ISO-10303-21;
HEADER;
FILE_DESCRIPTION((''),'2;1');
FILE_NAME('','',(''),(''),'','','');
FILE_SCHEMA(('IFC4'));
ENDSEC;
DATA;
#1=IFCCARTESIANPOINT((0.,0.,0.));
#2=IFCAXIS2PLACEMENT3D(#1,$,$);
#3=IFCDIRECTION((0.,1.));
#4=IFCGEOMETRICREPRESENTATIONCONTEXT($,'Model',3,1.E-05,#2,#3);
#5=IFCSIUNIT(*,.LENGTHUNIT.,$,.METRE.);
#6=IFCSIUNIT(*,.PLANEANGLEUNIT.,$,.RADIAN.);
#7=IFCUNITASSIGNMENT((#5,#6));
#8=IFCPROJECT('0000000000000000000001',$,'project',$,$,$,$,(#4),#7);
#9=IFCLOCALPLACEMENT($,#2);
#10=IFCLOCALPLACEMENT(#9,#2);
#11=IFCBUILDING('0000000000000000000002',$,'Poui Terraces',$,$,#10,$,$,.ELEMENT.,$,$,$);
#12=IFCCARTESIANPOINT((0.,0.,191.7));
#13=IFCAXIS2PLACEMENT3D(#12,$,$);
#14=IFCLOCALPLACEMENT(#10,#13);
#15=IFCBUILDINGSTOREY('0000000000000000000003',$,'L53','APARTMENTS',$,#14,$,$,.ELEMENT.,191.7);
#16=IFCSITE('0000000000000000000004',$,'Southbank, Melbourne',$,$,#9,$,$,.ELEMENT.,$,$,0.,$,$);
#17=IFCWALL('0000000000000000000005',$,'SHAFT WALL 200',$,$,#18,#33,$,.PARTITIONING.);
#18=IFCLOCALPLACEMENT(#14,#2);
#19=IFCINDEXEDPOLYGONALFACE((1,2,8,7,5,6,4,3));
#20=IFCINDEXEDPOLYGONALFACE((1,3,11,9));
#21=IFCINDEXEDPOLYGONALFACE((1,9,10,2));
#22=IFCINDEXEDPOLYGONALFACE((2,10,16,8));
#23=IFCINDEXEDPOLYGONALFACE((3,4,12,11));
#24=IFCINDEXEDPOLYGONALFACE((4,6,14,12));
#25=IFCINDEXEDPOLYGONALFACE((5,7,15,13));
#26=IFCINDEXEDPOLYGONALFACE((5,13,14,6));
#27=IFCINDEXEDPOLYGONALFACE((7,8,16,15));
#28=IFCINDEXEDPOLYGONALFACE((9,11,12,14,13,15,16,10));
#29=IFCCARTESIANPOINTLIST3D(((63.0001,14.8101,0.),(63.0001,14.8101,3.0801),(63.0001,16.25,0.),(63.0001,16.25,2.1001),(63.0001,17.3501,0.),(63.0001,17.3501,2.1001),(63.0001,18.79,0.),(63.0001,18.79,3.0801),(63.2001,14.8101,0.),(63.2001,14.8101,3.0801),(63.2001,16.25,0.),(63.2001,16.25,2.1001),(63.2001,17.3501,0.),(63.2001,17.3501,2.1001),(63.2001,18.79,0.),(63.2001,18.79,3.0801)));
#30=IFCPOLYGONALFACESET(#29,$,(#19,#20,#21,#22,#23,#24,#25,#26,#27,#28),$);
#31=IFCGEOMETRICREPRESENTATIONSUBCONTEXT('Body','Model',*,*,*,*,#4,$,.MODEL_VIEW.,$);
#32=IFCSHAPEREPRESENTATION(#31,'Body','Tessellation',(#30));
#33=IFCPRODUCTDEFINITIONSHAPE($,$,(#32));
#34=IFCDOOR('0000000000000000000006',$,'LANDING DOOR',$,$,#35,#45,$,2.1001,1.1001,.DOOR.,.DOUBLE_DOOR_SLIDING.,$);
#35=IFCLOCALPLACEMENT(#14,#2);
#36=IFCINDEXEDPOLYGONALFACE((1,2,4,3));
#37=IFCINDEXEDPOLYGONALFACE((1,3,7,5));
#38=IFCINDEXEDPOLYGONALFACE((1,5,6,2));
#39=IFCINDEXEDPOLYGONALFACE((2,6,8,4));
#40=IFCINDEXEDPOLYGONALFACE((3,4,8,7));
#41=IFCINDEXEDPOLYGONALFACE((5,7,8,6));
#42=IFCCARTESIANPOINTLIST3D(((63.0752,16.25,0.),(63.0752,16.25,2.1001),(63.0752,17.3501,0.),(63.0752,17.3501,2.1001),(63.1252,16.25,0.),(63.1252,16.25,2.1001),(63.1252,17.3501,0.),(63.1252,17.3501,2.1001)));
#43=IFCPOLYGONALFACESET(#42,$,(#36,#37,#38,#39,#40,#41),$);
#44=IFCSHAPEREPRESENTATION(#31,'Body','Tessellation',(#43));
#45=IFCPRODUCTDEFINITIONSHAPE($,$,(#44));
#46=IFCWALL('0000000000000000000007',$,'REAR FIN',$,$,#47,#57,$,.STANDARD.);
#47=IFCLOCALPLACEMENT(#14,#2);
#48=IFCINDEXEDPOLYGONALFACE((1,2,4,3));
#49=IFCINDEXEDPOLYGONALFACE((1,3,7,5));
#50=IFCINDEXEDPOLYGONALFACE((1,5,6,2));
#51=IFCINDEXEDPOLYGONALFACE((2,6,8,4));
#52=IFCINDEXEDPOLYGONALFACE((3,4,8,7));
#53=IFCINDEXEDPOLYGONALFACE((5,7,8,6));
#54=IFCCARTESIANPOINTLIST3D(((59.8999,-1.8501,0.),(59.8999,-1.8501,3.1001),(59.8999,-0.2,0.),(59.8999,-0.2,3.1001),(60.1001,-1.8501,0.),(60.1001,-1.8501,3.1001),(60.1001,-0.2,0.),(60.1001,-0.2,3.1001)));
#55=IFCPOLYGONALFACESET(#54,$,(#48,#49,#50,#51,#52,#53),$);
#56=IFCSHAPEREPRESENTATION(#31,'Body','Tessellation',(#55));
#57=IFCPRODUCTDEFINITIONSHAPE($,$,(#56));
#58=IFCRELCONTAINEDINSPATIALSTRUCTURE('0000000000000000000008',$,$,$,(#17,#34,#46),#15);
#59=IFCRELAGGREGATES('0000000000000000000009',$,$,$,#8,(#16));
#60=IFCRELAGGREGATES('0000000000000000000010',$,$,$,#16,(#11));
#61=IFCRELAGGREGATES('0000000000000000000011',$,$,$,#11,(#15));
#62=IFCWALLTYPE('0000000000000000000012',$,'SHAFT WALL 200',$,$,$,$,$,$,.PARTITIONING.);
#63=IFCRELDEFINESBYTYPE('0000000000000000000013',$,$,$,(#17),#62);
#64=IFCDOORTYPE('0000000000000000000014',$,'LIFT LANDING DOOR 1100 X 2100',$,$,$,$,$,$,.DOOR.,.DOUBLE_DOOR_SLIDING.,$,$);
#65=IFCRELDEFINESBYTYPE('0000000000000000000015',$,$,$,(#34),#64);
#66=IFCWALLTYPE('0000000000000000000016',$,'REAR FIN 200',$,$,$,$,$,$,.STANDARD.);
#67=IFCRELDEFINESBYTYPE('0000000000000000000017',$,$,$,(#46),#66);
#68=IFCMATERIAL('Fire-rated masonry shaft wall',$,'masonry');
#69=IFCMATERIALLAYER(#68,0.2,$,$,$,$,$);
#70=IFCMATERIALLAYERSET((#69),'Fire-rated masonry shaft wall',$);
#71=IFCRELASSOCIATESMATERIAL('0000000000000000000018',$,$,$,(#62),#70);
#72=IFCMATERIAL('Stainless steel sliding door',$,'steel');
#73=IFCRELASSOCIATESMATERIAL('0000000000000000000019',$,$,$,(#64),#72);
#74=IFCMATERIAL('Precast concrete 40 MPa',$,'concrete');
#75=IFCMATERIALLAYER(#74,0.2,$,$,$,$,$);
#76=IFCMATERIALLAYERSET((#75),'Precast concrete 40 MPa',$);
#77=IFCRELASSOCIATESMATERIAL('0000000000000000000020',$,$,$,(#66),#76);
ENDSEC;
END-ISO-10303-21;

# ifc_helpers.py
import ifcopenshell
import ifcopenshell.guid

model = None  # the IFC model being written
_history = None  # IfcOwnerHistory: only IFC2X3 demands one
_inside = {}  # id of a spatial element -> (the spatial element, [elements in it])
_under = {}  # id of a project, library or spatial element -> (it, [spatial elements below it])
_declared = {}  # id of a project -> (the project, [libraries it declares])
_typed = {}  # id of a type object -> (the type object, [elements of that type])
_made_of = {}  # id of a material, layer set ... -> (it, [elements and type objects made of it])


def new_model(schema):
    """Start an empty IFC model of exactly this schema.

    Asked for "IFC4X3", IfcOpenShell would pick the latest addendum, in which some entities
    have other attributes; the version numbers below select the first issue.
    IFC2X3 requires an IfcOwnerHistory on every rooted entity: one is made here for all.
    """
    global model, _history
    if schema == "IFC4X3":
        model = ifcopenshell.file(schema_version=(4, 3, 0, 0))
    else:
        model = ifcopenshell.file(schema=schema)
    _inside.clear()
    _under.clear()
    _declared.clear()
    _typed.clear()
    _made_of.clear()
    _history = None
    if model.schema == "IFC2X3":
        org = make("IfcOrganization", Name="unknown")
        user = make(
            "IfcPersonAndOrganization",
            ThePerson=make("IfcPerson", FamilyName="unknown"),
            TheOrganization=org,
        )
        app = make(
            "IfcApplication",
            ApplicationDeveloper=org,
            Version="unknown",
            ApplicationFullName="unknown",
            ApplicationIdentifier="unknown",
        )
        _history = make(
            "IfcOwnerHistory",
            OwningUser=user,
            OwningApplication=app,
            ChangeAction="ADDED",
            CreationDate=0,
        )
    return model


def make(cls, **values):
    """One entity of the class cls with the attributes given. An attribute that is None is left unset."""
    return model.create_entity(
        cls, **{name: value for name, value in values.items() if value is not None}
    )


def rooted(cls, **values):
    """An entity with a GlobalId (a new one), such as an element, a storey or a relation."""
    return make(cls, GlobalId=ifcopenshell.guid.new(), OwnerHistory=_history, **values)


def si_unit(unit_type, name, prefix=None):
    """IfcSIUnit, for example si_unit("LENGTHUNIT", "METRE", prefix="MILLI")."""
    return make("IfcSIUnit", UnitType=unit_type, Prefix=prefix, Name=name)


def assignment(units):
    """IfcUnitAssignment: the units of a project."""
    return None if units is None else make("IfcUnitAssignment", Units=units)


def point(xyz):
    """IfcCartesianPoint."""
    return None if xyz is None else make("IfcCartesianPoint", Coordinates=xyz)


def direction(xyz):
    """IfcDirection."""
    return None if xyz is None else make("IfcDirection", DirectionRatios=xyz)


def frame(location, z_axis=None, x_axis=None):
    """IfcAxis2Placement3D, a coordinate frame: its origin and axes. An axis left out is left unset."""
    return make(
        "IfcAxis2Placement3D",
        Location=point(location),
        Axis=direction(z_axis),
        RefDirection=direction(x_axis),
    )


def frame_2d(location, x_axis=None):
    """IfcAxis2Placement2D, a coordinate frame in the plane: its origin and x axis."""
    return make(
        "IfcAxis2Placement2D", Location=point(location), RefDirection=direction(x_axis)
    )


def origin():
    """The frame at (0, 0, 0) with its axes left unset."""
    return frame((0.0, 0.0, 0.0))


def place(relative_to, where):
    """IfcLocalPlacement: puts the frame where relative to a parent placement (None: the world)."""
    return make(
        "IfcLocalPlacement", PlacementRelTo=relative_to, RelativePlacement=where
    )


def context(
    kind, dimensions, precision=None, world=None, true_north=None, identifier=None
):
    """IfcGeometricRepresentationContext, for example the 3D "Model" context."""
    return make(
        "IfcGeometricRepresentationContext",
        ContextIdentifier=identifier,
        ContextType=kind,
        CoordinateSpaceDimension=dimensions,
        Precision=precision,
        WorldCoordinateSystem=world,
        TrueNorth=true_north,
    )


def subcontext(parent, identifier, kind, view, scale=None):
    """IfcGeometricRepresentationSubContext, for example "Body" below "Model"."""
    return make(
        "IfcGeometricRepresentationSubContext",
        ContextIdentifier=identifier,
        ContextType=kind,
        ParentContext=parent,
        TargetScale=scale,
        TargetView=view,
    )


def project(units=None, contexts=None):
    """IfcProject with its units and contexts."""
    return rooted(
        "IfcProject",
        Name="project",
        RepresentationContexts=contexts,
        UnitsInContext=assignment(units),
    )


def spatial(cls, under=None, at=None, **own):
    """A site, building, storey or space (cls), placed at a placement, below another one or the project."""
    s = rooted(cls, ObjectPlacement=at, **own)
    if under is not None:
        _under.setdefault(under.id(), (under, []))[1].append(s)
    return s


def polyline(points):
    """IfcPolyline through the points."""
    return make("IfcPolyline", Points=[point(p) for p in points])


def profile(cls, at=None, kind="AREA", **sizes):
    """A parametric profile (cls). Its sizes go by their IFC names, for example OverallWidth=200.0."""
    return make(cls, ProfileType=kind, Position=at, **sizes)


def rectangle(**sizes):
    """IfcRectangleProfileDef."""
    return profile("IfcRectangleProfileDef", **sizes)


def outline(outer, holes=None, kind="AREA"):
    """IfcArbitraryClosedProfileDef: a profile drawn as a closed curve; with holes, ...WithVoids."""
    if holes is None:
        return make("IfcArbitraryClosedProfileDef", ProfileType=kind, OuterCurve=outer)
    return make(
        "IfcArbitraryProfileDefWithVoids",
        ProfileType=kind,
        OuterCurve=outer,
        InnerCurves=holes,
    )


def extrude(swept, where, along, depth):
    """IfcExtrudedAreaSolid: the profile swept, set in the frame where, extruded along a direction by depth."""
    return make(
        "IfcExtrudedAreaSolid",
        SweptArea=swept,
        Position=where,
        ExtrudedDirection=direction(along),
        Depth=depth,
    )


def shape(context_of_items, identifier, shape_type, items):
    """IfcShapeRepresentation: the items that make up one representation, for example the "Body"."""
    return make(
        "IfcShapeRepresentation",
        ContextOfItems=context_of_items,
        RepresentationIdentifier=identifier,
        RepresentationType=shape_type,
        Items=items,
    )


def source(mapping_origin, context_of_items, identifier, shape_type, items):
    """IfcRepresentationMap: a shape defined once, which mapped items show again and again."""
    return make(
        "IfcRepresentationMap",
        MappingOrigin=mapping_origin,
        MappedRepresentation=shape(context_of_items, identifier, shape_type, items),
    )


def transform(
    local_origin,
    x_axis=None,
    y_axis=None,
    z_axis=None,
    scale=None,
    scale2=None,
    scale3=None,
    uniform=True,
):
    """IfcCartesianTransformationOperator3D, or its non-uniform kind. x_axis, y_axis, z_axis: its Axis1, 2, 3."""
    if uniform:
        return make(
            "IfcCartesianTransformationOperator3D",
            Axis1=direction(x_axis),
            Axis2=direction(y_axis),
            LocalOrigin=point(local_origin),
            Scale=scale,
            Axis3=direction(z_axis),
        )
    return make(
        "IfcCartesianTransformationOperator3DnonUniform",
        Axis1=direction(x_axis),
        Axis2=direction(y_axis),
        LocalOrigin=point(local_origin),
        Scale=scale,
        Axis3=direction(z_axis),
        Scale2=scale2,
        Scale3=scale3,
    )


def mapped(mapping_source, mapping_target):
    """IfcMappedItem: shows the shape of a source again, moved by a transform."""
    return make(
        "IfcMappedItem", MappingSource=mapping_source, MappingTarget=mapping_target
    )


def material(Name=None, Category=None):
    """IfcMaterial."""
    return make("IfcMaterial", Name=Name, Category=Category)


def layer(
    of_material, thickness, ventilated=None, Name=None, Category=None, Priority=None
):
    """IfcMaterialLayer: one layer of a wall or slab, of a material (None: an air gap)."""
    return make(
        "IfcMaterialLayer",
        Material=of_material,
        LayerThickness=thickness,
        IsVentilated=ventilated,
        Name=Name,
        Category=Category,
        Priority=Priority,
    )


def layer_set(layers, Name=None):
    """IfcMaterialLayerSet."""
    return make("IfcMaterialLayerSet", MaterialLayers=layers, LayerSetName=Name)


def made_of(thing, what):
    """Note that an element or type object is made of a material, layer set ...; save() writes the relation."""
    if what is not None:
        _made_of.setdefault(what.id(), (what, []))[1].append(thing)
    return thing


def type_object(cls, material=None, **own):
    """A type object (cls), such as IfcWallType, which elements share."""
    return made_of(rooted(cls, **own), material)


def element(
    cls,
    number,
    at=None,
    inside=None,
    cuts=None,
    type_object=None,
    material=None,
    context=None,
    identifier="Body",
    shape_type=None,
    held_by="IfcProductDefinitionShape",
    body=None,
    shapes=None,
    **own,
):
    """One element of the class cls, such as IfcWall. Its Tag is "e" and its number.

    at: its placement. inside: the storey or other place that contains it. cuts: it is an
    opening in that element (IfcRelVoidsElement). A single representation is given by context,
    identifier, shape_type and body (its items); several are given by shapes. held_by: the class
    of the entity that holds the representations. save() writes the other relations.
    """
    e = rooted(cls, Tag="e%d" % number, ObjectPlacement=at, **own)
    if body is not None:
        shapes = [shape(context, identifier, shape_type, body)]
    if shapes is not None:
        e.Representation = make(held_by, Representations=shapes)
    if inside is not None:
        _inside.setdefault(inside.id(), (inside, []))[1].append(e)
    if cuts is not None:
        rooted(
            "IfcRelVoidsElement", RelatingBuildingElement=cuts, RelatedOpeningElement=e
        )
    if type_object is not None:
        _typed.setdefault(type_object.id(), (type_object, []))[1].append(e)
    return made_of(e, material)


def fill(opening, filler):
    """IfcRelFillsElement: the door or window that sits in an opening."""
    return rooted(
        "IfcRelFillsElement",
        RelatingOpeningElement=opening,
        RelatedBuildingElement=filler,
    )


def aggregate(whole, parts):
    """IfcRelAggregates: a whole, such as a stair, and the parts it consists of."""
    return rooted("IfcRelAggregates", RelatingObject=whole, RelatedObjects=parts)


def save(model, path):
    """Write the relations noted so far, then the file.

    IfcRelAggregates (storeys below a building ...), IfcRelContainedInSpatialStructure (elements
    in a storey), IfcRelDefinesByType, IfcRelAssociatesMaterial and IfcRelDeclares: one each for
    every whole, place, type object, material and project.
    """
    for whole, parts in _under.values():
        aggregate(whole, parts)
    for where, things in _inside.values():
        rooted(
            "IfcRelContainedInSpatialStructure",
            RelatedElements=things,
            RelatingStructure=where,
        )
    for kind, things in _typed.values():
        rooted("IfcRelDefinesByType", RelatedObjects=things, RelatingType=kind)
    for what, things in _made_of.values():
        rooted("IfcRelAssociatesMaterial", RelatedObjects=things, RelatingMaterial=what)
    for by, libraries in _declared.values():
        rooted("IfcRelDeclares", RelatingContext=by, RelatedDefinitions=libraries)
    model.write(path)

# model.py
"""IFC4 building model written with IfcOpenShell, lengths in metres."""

from ifc_helpers import new_model, si_unit, direction, frame, frame_2d, origin, place, context, subcontext, project, spatial, polyline, rectangle, outline, extrude, source, transform, mapped, material, layer, layer_set, type_object, element, fill, save


model = new_model("IFC4")

# Units and contexts
model_context = context("Model", 3, precision=1e-05, world=origin(), true_north=direction((0.0, 1.0)))
body_context = subcontext(model_context, "Body", "Model", "MODEL_VIEW")
ifc_project = project(units=[si_unit("LENGTHUNIT", "METRE"), si_unit("PLANEANGLEUNIT", "RADIAN")], contexts=[model_context])

# Site, building, storey
site_placement = place(None, origin())
site = spatial("IfcSite", under=ifc_project, at=site_placement, Name="Southbank, Melbourne", CompositionType="ELEMENT", RefElevation=0.0)
building_placement = place(site_placement, origin())
building = spatial("IfcBuilding", under=site, at=building_placement, Name="Poui Terraces", CompositionType="ELEMENT")
storey_placement = place(building_placement, frame((0.0, 0.0, 191.7)))
storey = spatial("IfcBuildingStorey", under=building, at=storey_placement, Name="L53", Description="APARTMENTS", CompositionType="ELEMENT", Elevation=191.7)

# Shared definitions
ifc_material_1 = material(Name="Precast concrete 40 MPa", Category="concrete")

# Shared definitions
ifc_material_2 = material(Name="Fire-rated masonry shaft wall", Category="masonry")
ifc_layer_1 = layer(ifc_material_2, 0.2)
ifc_layer_set_1 = layer_set([ifc_layer_1], Name="Fire-rated masonry shaft wall")
wall_type_1 = type_object("IfcWallType", Name="SHAFT WALL 200", PredefinedType="PARTITIONING", material=ifc_layer_set_1)

# Wall, opening, door
wall_1_placement = place(storey_placement, frame((63.1001, 14.8101, 0.0), z_axis=(0.0, 0.0, 1.0), x_axis=(0.0, 1.0, 0.0)))
wall_1 = element("IfcWall", 1, at=wall_1_placement, inside=storey, type_object=wall_type_1, Name="SHAFT WALL 200", PredefinedType="PARTITIONING", context=body_context, shape_type="SweptSolid", body=[
    extrude(rectangle(XDim=3.98, YDim=0.2, at=frame_2d((1.99, 0.0))), origin(), (0.0, 0.0, 1.0), 3.0801),
])
opening_1_placement = place(wall_1_placement, frame((1.4399, 0.0, 0.0)))
opening_1 = element("IfcOpeningElement", 2, at=opening_1_placement, cuts=wall_1, PredefinedType="OPENING", context=body_context, shape_type="SweptSolid", body=[
    extrude(rectangle(XDim=1.1001, YDim=2.1001, at=frame_2d((0.55, 1.05))), frame((0.0, 0.1099, 0.0), z_axis=(0.0, -1.0, 0.0), x_axis=(1.0, 0.0, 0.0)), (0.0, 0.0, 1.0), 0.22),
])
ifc_material_3 = material(Name="Stainless steel sliding door", Category="steel")
door_type_1 = type_object("IfcDoorType", Name="LIFT LANDING DOOR 1100 X 2100", OperationType="DOUBLE_DOOR_SLIDING", PredefinedType="DOOR", material=ifc_material_3)
door_1_placement = place(opening_1_placement, origin())
door_1 = element("IfcDoor", 3, at=door_1_placement, inside=storey, type_object=door_type_1, Name="LANDING DOOR", OperationType="DOUBLE_DOOR_SLIDING", OverallHeight=2.1001, OverallWidth=1.1001, PredefinedType="DOOR", context=body_context, shape_type="SweptSolid", body=[
    extrude(rectangle(XDim=1.1001, YDim=2.1001, at=frame_2d((0.55, 1.05))), frame((0.0, 0.0249, 0.0), z_axis=(0.0, -1.0, 0.0), x_axis=(1.0, 0.0, 0.0)), (0.0, 0.0, 1.0), 0.05),
])
fill(opening_1, door_1)

# Wall
ifc_layer_2 = layer(ifc_material_1, 0.2)
ifc_layer_set_2 = layer_set([ifc_layer_2], Name="Precast concrete 40 MPa")
wall_type_2 = type_object("IfcWallType", Name="REAR FIN 200", PredefinedType="STANDARD", material=ifc_layer_set_2)
shared_shape_1 = source(origin(), body_context, "Body", "SweptSolid", [
    extrude(outline(polyline([(0.0, 0.0), (0.2002, 0.0), (0.2002, 1.6501), (0.0, 1.6501), (0.0, 0.0)])), origin(), (0.0, 0.0, 1.0), 3.1001),
])
wall_2_placement = place(storey_placement, frame((59.8999, -1.8501, 0.0)))
element("IfcWall", 4, at=wall_2_placement, inside=storey, type_object=wall_type_2, Name="REAR FIN", PredefinedType="STANDARD", context=body_context, shape_type="MappedRepresentation", body=[
    mapped(shared_shape_1, transform((0.0, 0.0, 0.0))),
])

save(model, "model.ifc")
